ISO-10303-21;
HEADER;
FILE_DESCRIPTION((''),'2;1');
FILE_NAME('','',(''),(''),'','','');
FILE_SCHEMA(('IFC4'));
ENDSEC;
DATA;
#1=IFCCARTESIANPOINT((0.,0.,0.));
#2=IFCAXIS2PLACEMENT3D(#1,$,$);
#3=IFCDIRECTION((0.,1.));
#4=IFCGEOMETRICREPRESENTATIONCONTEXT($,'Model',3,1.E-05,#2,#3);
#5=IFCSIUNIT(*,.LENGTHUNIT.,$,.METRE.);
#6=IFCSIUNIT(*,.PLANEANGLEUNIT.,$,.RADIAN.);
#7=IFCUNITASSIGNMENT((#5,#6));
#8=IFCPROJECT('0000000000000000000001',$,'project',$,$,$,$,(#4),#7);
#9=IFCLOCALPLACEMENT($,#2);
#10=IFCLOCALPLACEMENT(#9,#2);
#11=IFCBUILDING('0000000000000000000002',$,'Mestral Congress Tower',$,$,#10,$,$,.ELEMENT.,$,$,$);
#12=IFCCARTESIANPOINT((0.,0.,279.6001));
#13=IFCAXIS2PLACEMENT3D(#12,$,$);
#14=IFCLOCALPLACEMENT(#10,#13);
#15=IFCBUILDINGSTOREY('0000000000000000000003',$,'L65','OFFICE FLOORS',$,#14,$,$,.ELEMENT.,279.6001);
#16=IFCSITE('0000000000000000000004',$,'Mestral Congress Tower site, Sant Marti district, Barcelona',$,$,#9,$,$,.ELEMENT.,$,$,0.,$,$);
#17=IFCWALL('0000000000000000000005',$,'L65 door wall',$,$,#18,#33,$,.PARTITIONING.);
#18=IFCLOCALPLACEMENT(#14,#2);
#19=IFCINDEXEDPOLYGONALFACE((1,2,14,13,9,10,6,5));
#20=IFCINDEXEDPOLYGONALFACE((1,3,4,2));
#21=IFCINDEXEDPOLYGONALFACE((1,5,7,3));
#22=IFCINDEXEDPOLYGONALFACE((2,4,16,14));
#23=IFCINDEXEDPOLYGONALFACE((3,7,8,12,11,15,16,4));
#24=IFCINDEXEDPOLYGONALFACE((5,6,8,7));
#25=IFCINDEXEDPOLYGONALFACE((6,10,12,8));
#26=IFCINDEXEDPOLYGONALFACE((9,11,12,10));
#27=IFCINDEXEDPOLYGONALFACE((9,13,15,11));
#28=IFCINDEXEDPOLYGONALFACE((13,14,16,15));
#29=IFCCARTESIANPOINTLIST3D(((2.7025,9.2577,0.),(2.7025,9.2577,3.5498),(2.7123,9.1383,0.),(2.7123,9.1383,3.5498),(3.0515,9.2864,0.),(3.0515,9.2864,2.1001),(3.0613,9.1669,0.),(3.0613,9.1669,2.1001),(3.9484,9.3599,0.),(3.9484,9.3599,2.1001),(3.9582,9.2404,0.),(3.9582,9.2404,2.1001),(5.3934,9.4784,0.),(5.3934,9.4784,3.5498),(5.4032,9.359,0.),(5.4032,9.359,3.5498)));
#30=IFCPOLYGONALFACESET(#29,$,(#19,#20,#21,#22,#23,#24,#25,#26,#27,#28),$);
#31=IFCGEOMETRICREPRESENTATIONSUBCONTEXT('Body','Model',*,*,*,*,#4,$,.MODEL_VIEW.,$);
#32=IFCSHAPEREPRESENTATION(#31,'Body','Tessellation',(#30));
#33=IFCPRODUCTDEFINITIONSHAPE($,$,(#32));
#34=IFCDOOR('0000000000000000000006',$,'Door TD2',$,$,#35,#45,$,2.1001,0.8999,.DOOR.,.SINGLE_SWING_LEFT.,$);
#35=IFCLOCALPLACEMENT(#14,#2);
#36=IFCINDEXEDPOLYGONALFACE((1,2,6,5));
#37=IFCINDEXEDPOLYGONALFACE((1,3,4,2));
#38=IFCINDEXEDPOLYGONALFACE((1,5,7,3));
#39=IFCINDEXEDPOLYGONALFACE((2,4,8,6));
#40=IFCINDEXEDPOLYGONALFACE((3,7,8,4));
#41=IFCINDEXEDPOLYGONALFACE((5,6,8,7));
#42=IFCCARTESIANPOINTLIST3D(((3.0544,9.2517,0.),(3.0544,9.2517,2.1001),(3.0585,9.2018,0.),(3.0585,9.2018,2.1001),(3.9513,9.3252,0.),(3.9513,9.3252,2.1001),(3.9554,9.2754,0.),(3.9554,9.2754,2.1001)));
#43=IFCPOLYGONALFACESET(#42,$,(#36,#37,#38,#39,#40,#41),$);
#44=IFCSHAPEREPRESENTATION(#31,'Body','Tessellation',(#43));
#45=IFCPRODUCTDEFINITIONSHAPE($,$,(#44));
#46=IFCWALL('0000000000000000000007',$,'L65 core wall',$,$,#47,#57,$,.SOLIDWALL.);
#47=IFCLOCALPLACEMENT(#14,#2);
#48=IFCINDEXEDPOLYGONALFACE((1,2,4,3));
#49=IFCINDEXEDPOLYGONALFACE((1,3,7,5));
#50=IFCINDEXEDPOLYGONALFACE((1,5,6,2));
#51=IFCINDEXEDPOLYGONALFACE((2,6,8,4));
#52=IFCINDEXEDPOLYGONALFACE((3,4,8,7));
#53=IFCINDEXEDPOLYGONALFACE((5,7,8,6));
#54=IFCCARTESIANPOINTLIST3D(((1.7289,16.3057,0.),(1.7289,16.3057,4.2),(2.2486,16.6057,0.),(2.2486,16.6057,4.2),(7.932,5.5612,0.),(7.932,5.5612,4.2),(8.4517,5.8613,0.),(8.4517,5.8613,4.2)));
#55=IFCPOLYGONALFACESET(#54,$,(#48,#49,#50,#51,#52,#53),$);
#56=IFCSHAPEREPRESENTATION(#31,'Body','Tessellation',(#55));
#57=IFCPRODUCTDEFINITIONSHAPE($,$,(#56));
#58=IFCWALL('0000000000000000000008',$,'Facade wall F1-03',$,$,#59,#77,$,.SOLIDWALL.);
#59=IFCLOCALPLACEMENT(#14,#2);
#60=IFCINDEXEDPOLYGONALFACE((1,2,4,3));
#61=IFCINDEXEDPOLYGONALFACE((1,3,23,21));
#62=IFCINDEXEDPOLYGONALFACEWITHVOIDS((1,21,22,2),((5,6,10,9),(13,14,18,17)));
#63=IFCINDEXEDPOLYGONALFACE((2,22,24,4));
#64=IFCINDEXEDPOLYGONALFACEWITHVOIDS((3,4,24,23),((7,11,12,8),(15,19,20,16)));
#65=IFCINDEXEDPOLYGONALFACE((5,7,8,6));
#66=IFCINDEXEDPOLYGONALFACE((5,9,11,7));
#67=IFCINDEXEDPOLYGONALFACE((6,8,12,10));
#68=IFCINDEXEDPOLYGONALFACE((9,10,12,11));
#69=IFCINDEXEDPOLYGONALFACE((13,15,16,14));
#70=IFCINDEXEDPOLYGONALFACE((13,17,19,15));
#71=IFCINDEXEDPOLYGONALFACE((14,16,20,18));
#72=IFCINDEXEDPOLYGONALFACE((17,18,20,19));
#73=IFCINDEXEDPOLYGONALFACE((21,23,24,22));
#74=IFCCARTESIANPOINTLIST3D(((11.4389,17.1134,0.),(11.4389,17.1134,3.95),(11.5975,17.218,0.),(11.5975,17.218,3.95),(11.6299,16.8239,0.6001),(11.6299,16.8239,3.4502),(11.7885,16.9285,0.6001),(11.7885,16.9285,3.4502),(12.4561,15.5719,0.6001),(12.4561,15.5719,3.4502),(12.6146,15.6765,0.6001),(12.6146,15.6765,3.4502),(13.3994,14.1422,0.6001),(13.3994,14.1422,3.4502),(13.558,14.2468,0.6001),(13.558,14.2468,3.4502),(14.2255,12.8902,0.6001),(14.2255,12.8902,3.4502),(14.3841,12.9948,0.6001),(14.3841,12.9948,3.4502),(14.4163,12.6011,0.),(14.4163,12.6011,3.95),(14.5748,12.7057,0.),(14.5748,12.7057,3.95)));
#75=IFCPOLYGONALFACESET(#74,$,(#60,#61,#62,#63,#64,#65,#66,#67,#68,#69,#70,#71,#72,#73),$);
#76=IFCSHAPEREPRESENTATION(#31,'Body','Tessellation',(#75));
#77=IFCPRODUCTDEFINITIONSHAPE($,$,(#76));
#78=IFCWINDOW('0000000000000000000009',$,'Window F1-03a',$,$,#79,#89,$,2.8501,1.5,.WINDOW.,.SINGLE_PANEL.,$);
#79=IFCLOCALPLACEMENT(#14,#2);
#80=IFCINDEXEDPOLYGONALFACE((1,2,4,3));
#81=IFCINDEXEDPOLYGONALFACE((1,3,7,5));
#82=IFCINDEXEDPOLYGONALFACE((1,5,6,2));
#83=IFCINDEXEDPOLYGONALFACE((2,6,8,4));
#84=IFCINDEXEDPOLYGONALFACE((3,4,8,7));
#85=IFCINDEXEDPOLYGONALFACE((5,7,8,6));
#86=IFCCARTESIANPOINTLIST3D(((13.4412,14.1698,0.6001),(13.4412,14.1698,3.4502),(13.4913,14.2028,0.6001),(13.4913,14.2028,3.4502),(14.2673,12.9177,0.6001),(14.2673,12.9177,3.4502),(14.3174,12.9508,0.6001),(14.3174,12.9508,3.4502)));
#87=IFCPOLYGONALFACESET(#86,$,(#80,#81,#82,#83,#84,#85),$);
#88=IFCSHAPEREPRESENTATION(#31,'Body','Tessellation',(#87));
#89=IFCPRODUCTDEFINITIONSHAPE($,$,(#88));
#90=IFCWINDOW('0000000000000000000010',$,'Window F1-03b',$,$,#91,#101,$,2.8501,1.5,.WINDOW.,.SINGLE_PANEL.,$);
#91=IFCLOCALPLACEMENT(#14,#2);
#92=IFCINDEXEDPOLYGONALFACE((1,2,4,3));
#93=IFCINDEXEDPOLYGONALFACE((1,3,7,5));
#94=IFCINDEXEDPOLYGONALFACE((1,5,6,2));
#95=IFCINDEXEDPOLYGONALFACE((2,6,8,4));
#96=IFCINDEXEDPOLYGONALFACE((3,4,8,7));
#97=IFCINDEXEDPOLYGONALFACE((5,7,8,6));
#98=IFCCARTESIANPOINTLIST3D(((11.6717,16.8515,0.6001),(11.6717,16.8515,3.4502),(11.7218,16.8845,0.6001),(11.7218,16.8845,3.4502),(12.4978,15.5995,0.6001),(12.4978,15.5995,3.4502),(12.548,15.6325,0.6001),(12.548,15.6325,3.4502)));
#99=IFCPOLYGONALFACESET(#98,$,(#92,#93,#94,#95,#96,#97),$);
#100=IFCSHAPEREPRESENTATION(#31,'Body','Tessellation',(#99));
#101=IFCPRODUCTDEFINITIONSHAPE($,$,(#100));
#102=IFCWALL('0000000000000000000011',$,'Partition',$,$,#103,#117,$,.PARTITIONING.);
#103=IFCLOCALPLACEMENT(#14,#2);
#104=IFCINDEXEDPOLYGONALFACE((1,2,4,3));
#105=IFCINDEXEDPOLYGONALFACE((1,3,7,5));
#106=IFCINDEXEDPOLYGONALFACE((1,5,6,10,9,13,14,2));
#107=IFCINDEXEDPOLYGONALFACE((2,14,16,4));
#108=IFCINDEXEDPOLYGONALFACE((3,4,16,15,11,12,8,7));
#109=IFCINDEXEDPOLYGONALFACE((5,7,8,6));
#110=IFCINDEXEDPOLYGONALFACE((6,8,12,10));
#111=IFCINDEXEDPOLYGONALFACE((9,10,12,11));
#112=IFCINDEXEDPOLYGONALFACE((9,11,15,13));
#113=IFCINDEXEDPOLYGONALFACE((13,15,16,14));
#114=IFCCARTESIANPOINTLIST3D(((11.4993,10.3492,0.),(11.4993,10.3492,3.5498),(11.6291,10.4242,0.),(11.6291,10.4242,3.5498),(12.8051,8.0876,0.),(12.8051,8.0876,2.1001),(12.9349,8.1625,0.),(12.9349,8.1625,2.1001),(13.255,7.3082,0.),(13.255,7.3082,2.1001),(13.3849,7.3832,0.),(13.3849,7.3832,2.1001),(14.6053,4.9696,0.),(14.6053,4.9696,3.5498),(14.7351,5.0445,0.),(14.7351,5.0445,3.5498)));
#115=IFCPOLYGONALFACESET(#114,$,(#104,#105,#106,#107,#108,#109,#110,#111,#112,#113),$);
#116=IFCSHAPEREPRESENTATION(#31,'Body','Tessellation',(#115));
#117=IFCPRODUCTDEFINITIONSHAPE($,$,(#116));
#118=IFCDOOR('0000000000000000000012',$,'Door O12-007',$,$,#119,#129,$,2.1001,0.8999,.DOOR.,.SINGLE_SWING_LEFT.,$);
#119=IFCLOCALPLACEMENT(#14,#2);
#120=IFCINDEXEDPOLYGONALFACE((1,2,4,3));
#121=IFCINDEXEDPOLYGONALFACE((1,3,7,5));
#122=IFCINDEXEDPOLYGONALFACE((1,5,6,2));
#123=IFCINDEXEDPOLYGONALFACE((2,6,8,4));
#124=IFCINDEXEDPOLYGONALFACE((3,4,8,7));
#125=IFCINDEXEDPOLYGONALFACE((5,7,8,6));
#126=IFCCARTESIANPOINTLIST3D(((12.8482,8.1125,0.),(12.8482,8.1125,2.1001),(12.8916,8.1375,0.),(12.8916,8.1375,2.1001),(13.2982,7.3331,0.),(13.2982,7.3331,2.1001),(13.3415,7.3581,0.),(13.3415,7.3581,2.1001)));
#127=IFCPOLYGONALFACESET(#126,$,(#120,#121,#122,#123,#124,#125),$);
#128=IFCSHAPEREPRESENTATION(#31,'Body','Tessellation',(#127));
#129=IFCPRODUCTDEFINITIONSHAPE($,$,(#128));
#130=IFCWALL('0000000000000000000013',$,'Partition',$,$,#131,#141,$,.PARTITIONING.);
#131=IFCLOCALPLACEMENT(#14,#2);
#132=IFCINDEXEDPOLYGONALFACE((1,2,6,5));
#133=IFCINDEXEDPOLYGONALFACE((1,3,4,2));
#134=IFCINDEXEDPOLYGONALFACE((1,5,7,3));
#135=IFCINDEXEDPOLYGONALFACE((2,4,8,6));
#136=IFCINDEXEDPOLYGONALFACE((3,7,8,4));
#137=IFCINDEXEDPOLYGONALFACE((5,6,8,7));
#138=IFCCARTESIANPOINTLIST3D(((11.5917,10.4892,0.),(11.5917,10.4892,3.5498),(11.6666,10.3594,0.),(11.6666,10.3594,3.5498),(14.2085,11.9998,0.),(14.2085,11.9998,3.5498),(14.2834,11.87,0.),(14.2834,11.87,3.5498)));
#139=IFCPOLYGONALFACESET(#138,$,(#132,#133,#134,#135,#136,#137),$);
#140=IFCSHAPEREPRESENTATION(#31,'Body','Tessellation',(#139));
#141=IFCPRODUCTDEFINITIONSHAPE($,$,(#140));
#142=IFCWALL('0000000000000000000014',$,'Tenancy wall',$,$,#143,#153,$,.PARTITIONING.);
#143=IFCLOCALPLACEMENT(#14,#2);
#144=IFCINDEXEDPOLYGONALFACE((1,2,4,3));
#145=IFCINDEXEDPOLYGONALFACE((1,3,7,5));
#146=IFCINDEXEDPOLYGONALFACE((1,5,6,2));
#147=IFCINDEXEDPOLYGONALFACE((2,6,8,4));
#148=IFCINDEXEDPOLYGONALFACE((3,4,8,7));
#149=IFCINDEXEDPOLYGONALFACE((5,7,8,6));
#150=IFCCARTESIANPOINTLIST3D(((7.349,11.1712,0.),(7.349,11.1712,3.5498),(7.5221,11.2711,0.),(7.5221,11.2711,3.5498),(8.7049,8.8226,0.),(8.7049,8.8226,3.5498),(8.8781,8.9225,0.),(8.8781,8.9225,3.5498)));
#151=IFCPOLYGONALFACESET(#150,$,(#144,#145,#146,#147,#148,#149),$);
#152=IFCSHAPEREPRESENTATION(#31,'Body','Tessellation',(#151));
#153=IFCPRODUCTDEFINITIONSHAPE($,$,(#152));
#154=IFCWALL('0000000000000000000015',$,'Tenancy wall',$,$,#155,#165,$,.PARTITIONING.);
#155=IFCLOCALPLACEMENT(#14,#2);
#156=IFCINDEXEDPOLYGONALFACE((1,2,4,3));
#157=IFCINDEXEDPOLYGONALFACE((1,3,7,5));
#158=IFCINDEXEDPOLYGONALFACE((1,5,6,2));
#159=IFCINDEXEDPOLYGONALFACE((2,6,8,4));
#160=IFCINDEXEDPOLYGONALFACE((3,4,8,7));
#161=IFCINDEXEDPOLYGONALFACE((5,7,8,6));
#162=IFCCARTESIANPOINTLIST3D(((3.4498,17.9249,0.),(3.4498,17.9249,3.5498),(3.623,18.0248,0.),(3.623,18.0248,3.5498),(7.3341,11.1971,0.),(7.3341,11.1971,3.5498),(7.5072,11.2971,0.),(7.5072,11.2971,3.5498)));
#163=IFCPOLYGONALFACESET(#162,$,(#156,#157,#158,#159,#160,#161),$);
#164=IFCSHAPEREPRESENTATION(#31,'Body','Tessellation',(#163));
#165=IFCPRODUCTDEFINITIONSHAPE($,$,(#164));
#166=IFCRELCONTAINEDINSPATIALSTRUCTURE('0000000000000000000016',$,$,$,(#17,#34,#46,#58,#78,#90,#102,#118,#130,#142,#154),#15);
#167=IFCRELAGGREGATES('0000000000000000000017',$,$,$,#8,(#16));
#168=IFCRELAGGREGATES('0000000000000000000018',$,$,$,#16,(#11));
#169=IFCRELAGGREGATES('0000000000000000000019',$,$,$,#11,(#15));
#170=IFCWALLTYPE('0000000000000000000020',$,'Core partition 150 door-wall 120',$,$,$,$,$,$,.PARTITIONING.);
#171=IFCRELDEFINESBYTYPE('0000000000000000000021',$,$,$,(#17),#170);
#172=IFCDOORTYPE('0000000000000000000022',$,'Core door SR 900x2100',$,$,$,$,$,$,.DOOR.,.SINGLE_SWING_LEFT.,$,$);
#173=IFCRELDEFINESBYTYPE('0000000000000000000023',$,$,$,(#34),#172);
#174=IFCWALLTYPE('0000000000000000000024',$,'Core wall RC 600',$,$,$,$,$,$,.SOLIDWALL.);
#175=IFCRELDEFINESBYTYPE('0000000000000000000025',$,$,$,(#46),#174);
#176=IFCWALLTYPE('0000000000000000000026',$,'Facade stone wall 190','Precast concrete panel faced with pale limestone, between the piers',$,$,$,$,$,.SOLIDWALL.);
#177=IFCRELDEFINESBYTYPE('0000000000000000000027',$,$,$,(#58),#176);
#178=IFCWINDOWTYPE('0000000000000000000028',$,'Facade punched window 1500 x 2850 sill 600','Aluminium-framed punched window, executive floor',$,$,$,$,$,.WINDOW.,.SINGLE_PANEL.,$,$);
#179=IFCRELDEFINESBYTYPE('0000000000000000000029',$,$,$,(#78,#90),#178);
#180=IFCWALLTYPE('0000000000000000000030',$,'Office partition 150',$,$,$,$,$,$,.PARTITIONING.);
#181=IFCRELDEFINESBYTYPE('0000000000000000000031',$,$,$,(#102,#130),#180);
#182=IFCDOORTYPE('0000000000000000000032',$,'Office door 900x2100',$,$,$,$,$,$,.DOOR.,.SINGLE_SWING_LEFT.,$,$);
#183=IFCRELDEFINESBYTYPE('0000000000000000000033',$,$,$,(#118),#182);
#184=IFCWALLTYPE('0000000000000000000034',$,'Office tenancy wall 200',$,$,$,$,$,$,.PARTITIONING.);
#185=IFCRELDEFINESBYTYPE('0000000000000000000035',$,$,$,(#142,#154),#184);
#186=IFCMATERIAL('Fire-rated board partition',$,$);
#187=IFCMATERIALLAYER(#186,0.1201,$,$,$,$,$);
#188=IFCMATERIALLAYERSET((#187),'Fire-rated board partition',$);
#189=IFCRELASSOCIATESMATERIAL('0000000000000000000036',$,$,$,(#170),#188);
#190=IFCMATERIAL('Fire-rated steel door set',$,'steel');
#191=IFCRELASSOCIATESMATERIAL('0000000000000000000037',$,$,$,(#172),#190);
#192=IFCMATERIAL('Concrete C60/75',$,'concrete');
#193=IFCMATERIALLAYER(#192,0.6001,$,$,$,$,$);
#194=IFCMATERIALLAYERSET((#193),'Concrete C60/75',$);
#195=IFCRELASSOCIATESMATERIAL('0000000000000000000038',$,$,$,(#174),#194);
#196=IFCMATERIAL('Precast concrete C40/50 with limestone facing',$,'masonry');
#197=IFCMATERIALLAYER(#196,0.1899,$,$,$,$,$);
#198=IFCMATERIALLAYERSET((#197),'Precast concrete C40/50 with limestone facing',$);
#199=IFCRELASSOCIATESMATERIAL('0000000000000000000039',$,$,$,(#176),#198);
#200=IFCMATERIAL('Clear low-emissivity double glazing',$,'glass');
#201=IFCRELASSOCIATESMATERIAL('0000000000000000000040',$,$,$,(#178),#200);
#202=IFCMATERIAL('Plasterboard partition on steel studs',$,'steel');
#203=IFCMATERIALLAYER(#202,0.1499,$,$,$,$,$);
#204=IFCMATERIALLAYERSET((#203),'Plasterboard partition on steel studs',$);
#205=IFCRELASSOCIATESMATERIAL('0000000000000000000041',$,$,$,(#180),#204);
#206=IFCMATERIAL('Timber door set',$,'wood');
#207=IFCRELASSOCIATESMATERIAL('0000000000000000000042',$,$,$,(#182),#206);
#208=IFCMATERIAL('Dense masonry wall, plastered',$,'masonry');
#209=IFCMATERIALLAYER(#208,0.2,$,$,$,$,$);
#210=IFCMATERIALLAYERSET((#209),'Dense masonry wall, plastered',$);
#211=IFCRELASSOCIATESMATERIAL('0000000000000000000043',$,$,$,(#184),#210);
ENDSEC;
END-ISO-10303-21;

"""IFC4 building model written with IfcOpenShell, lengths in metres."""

from ifc_helpers import new_model, si_unit, direction, frame, frame_2d, origin, place, context, subcontext, project, spatial, rectangle, extrude, material, layer, layer_set, type_object, element, fill, save


model = new_model("IFC4")

# Units and contexts
model_context = context("Model", 3, precision=1e-05, world=origin(), true_north=direction((0.0, 1.0)))
body_context = subcontext(model_context, "Body", "Model", "MODEL_VIEW")
ifc_project = project(units=[si_unit("LENGTHUNIT", "METRE"), si_unit("PLANEANGLEUNIT", "RADIAN")], contexts=[model_context])

# Site, building, storey
site_placement = place(None, origin())
site = spatial("IfcSite", under=ifc_project, at=site_placement, Name="Mestral Congress Tower site, Sant Marti district, Barcelona", CompositionType="ELEMENT", RefElevation=0.0)
building_placement = place(site_placement, origin())
building = spatial("IfcBuilding", under=site, at=building_placement, Name="Mestral Congress Tower", CompositionType="ELEMENT")
storey_placement = place(building_placement, frame((0.0, 0.0, 279.6001)))
storey = spatial("IfcBuildingStorey", under=building, at=storey_placement, Name="L65", Description="OFFICE FLOORS", CompositionType="ELEMENT", Elevation=279.6001)

# Shared definitions
ifc_material_1 = material(Name="Concrete C60/75", Category="concrete")

# Wall, opening, door
ifc_material_2 = material(Name="Fire-rated board partition")
ifc_layer_1 = layer(ifc_material_2, 0.1201)
ifc_layer_set_1 = layer_set([ifc_layer_1], Name="Fire-rated board partition")
wall_type_1 = type_object("IfcWallType", Name="Core partition 150 door-wall 120", PredefinedType="PARTITIONING", material=ifc_layer_set_1)
wall_1_placement = place(storey_placement, frame((5.3984, 9.4187, 0.0), z_axis=(0.0, 0.0, 1.0), x_axis=(-0.996653, -0.081743, 0.0)))
wall_1 = element("IfcWall", 1, at=wall_1_placement, inside=storey, type_object=wall_type_1, Name="L65 door wall", PredefinedType="PARTITIONING", context=body_context, shape_type="SweptSolid", body=[
    extrude(rectangle(XDim=2.7, YDim=0.1199, at=frame_2d((1.3501, 0.0))), origin(), (0.0, 0.0, 1.0), 3.5498),
])
opening_1_placement = place(wall_1_placement, frame((1.45, 0.0, 0.0)))
opening_1 = element("IfcOpeningElement", 2, at=opening_1_placement, cuts=wall_1, PredefinedType="OPENING", context=body_context, shape_type="SweptSolid", body=[
    extrude(rectangle(XDim=0.8999, YDim=2.1001, at=frame_2d((0.45, 1.05))), frame((0.0, 0.0698, 0.0), z_axis=(0.0, -1.0, 0.0), x_axis=(1.0, 0.0, 0.0)), (0.0, 0.0, 1.0), 0.1399),
])
ifc_material_3 = material(Name="Fire-rated steel door set", Category="steel")
door_type_1 = type_object("IfcDoorType", Name="Core door SR 900x2100", OperationType="SINGLE_SWING_LEFT", PredefinedType="DOOR", material=ifc_material_3)
door_1_placement = place(opening_1_placement, origin())
door_1 = element("IfcDoor", 3, at=door_1_placement, inside=storey, type_object=door_type_1, Name="Door TD2", OperationType="SINGLE_SWING_LEFT", OverallHeight=2.1001, OverallWidth=0.8999, PredefinedType="DOOR", context=body_context, shape_type="SweptSolid", body=[
    extrude(rectangle(XDim=0.8999, YDim=2.1001, at=frame_2d((0.45, 1.05))), frame((0.0, 0.0249, 0.0), z_axis=(0.0, -1.0, 0.0), x_axis=(1.0, 0.0, 0.0)), (0.0, 0.0, 1.0), 0.05),
])
fill(opening_1, door_1)

# Wall
ifc_layer_2 = layer(ifc_material_1, 0.6001)
ifc_layer_set_2 = layer_set([ifc_layer_2], Name="Concrete C60/75")
wall_type_2 = type_object("IfcWallType", Name="Core wall RC 600", PredefinedType="SOLIDWALL", material=ifc_layer_set_2)
wall_2_placement = place(storey_placement, frame((1.9888, 16.4556, 0.0), z_axis=(0.0, 0.0, 1.0), x_axis=(0.499991, -0.866031, 0.0)))
element("IfcWall", 4, at=wall_2_placement, inside=storey, type_object=wall_type_2, Name="L65 core wall", PredefinedType="SOLIDWALL", context=body_context, shape_type="SweptSolid", body=[
    extrude(rectangle(XDim=12.4065, YDim=0.6001, at=frame_2d((6.2031, 0.0))), origin(), (0.0, 0.0, 1.0), 4.2),
])

# Wall, openings, windows
ifc_material_4 = material(Name="Precast concrete C40/50 with limestone facing", Category="masonry")
ifc_layer_3 = layer(ifc_material_4, 0.1899)
ifc_layer_set_3 = layer_set([ifc_layer_3], Name="Precast concrete C40/50 with limestone facing")
wall_type_3 = type_object("IfcWallType", Name="Facade stone wall 190", Description="Precast concrete panel faced with pale limestone, between the piers", PredefinedType="SOLIDWALL", material=ifc_layer_set_3)
wall_3_placement = place(storey_placement, frame((14.4956, 12.6533, 0.0), z_axis=(0.0, 0.0, 1.0), x_axis=(-0.550744, 0.834674, 0.0)))
wall_3 = element("IfcWall", 5, at=wall_3_placement, inside=storey, type_object=wall_type_3, Name="Facade wall F1-03", PredefinedType="SOLIDWALL", context=body_context, shape_type="SweptSolid", body=[
    extrude(rectangle(XDim=5.406, YDim=0.1899, at=frame_2d((2.7031, 0.0))), origin(), (0.0, 0.0, 1.0), 3.95),
])
opening_2_placement = place(wall_3_placement, frame((0.3464, 0.0, 0.6001)))
opening_2 = element("IfcOpeningElement", 6, at=opening_2_placement, cuts=wall_3, PredefinedType="OPENING", context=body_context, shape_type="SweptSolid", body=[
    extrude(rectangle(XDim=1.5, YDim=2.8501, at=frame_2d((0.75, 1.425))), frame((0.0, 0.105, 0.0), z_axis=(0.0, -1.0, 0.0), x_axis=(1.0, 0.0, 0.0)), (0.0, 0.0, 1.0), 0.21),
])
opening_3_placement = place(wall_3_placement, frame((3.5593, 0.0, 0.6001)))
opening_3 = element("IfcOpeningElement", 7, at=opening_3_placement, cuts=wall_3, PredefinedType="OPENING", context=body_context, shape_type="SweptSolid", body=[
    extrude(rectangle(XDim=1.5, YDim=2.8501, at=frame_2d((0.75, 1.425))), frame((0.0, 0.105, 0.0), z_axis=(0.0, -1.0, 0.0), x_axis=(1.0, 0.0, 0.0)), (0.0, 0.0, 1.0), 0.21),
])
ifc_material_5 = material(Name="Clear low-emissivity double glazing", Category="glass")
window_type = type_object("IfcWindowType", Name="Facade punched window 1500 x 2850 sill 600", Description="Aluminium-framed punched window, executive floor", PartitioningType="SINGLE_PANEL", PredefinedType="WINDOW", material=ifc_material_5)
window_1_placement = place(opening_2_placement, origin())
window_1 = element("IfcWindow", 8, at=window_1_placement, inside=storey, type_object=window_type, Name="Window F1-03a", OverallHeight=2.8501, OverallWidth=1.5, PartitioningType="SINGLE_PANEL", PredefinedType="WINDOW", context=body_context, shape_type="SweptSolid", body=[
    extrude(rectangle(XDim=1.5, YDim=2.8501, at=frame_2d((0.75, 1.425))), frame((0.0, 0.0449, 0.0), z_axis=(0.0, -1.0, 0.0), x_axis=(1.0, 0.0, 0.0)), (0.0, 0.0, 1.0), 0.0601),
])
fill(opening_2, window_1)
window_2_placement = place(opening_3_placement, origin())
window_2 = element("IfcWindow", 9, at=window_2_placement, inside=storey, type_object=window_type, Name="Window F1-03b", OverallHeight=2.8501, OverallWidth=1.5, PartitioningType="SINGLE_PANEL", PredefinedType="WINDOW", context=body_context, shape_type="SweptSolid", body=[
    extrude(rectangle(XDim=1.5, YDim=2.8501, at=frame_2d((0.75, 1.425))), frame((0.0, 0.0449, 0.0), z_axis=(0.0, -1.0, 0.0), x_axis=(1.0, 0.0, 0.0)), (0.0, 0.0, 1.0), 0.0601),
])
fill(opening_3, window_2)

# Wall, opening, door
ifc_material_6 = material(Name="Plasterboard partition on steel studs", Category="steel")
ifc_layer_4 = layer(ifc_material_6, 0.1499)
ifc_layer_set_4 = layer_set([ifc_layer_4], Name="Plasterboard partition on steel studs")
wall_type_4 = type_object("IfcWallType", Name="Office partition 150", PredefinedType="PARTITIONING", material=ifc_layer_set_4)
wall_4_placement = place(storey_placement, frame((11.5642, 10.3867, 0.0), z_axis=(0.0, 0.0, 1.0), x_axis=(0.500003, -0.866024, 0.0)))
wall_4 = element("IfcWall", 10, at=wall_4_placement, inside=storey, type_object=wall_type_4, Name="Partition", PredefinedType="PARTITIONING", context=body_context, shape_type="SweptSolid", body=[
    extrude(rectangle(XDim=6.2119, YDim=0.1499, at=frame_2d((3.106, 0.0))), origin(), (0.0, 0.0, 1.0), 3.5498),
])
opening_4_placement = place(wall_4_placement, frame((2.6116, 0.0, 0.0)))
opening_4 = element("IfcOpeningElement", 11, at=opening_4_placement, cuts=wall_4, PredefinedType="OPENING", context=body_context, shape_type="SweptSolid", body=[
    extrude(rectangle(XDim=0.8999, YDim=2.1001, at=frame_2d((0.45, 1.05))), frame((0.0, 0.085, 0.0), z_axis=(0.0, -1.0, 0.0), x_axis=(1.0, 0.0, 0.0)), (0.0, 0.0, 1.0), 0.1699),
])
ifc_material_7 = material(Name="Timber door set", Category="wood")
door_type_2 = type_object("IfcDoorType", Name="Office door 900x2100", OperationType="SINGLE_SWING_LEFT", PredefinedType="DOOR", material=ifc_material_7)
door_2_placement = place(opening_4_placement, origin())
door_2 = element("IfcDoor", 12, at=door_2_placement, inside=storey, type_object=door_type_2, Name="Door O12-007", OperationType="SINGLE_SWING_LEFT", OverallHeight=2.1001, OverallWidth=0.8999, PredefinedType="DOOR", context=body_context, shape_type="SweptSolid", body=[
    extrude(rectangle(XDim=0.8999, YDim=2.1001, at=frame_2d((0.45, 1.05))), frame((0.0, 0.0249, 0.0), z_axis=(0.0, -1.0, 0.0), x_axis=(1.0, 0.0, 0.0)), (0.0, 0.0, 1.0), 0.05),
])
fill(opening_4, door_2)

# Walls
wall_5_placement = place(storey_placement, frame((11.6292, 10.4243, 0.0), z_axis=(0.0, 0.0, 1.0), x_axis=(0.866062, 0.499937, 0.0)))
element("IfcWall", 13, at=wall_5_placement, inside=storey, type_object=wall_type_4, Name="Partition", PredefinedType="PARTITIONING", context=body_context, shape_type="SweptSolid", body=[
    extrude(rectangle(XDim=3.0215, YDim=0.1499, at=frame_2d((1.5107, 0.0))), origin(), (0.0, 0.0, 1.0), 3.5498),
])
ifc_material_8 = material(Name="Dense masonry wall, plastered", Category="masonry")
ifc_layer_5 = layer(ifc_material_8, 0.2)
ifc_layer_set_5 = layer_set([ifc_layer_5], Name="Dense masonry wall, plastered")
wall_type_5 = type_object("IfcWallType", Name="Office tenancy wall 200", PredefinedType="PARTITIONING", material=ifc_layer_set_5)
wall_6_placement = place(storey_placement, frame((8.7915, 8.8726, 0.0), z_axis=(0.0, 0.0, 1.0), x_axis=(-0.499993, 0.86603, 0.0)))
element("IfcWall", 14, at=wall_6_placement, inside=storey, type_object=wall_type_5, Name="Tenancy wall", PredefinedType="PARTITIONING", context=body_context, shape_type="SweptSolid", body=[
    extrude(rectangle(XDim=2.7119, YDim=0.2, at=frame_2d((1.356, 0.0))), origin(), (0.0, 0.0, 1.0), 3.5498),
])
wall_7_placement = place(storey_placement, frame((7.4207, 11.2471, 0.0), z_axis=(0.0, 0.0, 1.0), x_axis=(-0.499999, 0.866026, 0.0)))
element("IfcWall", 15, at=wall_7_placement, inside=storey, type_object=wall_type_5, Name="Tenancy wall", PredefinedType="PARTITIONING", context=body_context, shape_type="SweptSolid", body=[
    extrude(rectangle(XDim=7.7686, YDim=0.2, at=frame_2d((3.8843, 0.0))), origin(), (0.0, 0.0, 1.0), 3.5498),
])

save(model, "model.ifc")
